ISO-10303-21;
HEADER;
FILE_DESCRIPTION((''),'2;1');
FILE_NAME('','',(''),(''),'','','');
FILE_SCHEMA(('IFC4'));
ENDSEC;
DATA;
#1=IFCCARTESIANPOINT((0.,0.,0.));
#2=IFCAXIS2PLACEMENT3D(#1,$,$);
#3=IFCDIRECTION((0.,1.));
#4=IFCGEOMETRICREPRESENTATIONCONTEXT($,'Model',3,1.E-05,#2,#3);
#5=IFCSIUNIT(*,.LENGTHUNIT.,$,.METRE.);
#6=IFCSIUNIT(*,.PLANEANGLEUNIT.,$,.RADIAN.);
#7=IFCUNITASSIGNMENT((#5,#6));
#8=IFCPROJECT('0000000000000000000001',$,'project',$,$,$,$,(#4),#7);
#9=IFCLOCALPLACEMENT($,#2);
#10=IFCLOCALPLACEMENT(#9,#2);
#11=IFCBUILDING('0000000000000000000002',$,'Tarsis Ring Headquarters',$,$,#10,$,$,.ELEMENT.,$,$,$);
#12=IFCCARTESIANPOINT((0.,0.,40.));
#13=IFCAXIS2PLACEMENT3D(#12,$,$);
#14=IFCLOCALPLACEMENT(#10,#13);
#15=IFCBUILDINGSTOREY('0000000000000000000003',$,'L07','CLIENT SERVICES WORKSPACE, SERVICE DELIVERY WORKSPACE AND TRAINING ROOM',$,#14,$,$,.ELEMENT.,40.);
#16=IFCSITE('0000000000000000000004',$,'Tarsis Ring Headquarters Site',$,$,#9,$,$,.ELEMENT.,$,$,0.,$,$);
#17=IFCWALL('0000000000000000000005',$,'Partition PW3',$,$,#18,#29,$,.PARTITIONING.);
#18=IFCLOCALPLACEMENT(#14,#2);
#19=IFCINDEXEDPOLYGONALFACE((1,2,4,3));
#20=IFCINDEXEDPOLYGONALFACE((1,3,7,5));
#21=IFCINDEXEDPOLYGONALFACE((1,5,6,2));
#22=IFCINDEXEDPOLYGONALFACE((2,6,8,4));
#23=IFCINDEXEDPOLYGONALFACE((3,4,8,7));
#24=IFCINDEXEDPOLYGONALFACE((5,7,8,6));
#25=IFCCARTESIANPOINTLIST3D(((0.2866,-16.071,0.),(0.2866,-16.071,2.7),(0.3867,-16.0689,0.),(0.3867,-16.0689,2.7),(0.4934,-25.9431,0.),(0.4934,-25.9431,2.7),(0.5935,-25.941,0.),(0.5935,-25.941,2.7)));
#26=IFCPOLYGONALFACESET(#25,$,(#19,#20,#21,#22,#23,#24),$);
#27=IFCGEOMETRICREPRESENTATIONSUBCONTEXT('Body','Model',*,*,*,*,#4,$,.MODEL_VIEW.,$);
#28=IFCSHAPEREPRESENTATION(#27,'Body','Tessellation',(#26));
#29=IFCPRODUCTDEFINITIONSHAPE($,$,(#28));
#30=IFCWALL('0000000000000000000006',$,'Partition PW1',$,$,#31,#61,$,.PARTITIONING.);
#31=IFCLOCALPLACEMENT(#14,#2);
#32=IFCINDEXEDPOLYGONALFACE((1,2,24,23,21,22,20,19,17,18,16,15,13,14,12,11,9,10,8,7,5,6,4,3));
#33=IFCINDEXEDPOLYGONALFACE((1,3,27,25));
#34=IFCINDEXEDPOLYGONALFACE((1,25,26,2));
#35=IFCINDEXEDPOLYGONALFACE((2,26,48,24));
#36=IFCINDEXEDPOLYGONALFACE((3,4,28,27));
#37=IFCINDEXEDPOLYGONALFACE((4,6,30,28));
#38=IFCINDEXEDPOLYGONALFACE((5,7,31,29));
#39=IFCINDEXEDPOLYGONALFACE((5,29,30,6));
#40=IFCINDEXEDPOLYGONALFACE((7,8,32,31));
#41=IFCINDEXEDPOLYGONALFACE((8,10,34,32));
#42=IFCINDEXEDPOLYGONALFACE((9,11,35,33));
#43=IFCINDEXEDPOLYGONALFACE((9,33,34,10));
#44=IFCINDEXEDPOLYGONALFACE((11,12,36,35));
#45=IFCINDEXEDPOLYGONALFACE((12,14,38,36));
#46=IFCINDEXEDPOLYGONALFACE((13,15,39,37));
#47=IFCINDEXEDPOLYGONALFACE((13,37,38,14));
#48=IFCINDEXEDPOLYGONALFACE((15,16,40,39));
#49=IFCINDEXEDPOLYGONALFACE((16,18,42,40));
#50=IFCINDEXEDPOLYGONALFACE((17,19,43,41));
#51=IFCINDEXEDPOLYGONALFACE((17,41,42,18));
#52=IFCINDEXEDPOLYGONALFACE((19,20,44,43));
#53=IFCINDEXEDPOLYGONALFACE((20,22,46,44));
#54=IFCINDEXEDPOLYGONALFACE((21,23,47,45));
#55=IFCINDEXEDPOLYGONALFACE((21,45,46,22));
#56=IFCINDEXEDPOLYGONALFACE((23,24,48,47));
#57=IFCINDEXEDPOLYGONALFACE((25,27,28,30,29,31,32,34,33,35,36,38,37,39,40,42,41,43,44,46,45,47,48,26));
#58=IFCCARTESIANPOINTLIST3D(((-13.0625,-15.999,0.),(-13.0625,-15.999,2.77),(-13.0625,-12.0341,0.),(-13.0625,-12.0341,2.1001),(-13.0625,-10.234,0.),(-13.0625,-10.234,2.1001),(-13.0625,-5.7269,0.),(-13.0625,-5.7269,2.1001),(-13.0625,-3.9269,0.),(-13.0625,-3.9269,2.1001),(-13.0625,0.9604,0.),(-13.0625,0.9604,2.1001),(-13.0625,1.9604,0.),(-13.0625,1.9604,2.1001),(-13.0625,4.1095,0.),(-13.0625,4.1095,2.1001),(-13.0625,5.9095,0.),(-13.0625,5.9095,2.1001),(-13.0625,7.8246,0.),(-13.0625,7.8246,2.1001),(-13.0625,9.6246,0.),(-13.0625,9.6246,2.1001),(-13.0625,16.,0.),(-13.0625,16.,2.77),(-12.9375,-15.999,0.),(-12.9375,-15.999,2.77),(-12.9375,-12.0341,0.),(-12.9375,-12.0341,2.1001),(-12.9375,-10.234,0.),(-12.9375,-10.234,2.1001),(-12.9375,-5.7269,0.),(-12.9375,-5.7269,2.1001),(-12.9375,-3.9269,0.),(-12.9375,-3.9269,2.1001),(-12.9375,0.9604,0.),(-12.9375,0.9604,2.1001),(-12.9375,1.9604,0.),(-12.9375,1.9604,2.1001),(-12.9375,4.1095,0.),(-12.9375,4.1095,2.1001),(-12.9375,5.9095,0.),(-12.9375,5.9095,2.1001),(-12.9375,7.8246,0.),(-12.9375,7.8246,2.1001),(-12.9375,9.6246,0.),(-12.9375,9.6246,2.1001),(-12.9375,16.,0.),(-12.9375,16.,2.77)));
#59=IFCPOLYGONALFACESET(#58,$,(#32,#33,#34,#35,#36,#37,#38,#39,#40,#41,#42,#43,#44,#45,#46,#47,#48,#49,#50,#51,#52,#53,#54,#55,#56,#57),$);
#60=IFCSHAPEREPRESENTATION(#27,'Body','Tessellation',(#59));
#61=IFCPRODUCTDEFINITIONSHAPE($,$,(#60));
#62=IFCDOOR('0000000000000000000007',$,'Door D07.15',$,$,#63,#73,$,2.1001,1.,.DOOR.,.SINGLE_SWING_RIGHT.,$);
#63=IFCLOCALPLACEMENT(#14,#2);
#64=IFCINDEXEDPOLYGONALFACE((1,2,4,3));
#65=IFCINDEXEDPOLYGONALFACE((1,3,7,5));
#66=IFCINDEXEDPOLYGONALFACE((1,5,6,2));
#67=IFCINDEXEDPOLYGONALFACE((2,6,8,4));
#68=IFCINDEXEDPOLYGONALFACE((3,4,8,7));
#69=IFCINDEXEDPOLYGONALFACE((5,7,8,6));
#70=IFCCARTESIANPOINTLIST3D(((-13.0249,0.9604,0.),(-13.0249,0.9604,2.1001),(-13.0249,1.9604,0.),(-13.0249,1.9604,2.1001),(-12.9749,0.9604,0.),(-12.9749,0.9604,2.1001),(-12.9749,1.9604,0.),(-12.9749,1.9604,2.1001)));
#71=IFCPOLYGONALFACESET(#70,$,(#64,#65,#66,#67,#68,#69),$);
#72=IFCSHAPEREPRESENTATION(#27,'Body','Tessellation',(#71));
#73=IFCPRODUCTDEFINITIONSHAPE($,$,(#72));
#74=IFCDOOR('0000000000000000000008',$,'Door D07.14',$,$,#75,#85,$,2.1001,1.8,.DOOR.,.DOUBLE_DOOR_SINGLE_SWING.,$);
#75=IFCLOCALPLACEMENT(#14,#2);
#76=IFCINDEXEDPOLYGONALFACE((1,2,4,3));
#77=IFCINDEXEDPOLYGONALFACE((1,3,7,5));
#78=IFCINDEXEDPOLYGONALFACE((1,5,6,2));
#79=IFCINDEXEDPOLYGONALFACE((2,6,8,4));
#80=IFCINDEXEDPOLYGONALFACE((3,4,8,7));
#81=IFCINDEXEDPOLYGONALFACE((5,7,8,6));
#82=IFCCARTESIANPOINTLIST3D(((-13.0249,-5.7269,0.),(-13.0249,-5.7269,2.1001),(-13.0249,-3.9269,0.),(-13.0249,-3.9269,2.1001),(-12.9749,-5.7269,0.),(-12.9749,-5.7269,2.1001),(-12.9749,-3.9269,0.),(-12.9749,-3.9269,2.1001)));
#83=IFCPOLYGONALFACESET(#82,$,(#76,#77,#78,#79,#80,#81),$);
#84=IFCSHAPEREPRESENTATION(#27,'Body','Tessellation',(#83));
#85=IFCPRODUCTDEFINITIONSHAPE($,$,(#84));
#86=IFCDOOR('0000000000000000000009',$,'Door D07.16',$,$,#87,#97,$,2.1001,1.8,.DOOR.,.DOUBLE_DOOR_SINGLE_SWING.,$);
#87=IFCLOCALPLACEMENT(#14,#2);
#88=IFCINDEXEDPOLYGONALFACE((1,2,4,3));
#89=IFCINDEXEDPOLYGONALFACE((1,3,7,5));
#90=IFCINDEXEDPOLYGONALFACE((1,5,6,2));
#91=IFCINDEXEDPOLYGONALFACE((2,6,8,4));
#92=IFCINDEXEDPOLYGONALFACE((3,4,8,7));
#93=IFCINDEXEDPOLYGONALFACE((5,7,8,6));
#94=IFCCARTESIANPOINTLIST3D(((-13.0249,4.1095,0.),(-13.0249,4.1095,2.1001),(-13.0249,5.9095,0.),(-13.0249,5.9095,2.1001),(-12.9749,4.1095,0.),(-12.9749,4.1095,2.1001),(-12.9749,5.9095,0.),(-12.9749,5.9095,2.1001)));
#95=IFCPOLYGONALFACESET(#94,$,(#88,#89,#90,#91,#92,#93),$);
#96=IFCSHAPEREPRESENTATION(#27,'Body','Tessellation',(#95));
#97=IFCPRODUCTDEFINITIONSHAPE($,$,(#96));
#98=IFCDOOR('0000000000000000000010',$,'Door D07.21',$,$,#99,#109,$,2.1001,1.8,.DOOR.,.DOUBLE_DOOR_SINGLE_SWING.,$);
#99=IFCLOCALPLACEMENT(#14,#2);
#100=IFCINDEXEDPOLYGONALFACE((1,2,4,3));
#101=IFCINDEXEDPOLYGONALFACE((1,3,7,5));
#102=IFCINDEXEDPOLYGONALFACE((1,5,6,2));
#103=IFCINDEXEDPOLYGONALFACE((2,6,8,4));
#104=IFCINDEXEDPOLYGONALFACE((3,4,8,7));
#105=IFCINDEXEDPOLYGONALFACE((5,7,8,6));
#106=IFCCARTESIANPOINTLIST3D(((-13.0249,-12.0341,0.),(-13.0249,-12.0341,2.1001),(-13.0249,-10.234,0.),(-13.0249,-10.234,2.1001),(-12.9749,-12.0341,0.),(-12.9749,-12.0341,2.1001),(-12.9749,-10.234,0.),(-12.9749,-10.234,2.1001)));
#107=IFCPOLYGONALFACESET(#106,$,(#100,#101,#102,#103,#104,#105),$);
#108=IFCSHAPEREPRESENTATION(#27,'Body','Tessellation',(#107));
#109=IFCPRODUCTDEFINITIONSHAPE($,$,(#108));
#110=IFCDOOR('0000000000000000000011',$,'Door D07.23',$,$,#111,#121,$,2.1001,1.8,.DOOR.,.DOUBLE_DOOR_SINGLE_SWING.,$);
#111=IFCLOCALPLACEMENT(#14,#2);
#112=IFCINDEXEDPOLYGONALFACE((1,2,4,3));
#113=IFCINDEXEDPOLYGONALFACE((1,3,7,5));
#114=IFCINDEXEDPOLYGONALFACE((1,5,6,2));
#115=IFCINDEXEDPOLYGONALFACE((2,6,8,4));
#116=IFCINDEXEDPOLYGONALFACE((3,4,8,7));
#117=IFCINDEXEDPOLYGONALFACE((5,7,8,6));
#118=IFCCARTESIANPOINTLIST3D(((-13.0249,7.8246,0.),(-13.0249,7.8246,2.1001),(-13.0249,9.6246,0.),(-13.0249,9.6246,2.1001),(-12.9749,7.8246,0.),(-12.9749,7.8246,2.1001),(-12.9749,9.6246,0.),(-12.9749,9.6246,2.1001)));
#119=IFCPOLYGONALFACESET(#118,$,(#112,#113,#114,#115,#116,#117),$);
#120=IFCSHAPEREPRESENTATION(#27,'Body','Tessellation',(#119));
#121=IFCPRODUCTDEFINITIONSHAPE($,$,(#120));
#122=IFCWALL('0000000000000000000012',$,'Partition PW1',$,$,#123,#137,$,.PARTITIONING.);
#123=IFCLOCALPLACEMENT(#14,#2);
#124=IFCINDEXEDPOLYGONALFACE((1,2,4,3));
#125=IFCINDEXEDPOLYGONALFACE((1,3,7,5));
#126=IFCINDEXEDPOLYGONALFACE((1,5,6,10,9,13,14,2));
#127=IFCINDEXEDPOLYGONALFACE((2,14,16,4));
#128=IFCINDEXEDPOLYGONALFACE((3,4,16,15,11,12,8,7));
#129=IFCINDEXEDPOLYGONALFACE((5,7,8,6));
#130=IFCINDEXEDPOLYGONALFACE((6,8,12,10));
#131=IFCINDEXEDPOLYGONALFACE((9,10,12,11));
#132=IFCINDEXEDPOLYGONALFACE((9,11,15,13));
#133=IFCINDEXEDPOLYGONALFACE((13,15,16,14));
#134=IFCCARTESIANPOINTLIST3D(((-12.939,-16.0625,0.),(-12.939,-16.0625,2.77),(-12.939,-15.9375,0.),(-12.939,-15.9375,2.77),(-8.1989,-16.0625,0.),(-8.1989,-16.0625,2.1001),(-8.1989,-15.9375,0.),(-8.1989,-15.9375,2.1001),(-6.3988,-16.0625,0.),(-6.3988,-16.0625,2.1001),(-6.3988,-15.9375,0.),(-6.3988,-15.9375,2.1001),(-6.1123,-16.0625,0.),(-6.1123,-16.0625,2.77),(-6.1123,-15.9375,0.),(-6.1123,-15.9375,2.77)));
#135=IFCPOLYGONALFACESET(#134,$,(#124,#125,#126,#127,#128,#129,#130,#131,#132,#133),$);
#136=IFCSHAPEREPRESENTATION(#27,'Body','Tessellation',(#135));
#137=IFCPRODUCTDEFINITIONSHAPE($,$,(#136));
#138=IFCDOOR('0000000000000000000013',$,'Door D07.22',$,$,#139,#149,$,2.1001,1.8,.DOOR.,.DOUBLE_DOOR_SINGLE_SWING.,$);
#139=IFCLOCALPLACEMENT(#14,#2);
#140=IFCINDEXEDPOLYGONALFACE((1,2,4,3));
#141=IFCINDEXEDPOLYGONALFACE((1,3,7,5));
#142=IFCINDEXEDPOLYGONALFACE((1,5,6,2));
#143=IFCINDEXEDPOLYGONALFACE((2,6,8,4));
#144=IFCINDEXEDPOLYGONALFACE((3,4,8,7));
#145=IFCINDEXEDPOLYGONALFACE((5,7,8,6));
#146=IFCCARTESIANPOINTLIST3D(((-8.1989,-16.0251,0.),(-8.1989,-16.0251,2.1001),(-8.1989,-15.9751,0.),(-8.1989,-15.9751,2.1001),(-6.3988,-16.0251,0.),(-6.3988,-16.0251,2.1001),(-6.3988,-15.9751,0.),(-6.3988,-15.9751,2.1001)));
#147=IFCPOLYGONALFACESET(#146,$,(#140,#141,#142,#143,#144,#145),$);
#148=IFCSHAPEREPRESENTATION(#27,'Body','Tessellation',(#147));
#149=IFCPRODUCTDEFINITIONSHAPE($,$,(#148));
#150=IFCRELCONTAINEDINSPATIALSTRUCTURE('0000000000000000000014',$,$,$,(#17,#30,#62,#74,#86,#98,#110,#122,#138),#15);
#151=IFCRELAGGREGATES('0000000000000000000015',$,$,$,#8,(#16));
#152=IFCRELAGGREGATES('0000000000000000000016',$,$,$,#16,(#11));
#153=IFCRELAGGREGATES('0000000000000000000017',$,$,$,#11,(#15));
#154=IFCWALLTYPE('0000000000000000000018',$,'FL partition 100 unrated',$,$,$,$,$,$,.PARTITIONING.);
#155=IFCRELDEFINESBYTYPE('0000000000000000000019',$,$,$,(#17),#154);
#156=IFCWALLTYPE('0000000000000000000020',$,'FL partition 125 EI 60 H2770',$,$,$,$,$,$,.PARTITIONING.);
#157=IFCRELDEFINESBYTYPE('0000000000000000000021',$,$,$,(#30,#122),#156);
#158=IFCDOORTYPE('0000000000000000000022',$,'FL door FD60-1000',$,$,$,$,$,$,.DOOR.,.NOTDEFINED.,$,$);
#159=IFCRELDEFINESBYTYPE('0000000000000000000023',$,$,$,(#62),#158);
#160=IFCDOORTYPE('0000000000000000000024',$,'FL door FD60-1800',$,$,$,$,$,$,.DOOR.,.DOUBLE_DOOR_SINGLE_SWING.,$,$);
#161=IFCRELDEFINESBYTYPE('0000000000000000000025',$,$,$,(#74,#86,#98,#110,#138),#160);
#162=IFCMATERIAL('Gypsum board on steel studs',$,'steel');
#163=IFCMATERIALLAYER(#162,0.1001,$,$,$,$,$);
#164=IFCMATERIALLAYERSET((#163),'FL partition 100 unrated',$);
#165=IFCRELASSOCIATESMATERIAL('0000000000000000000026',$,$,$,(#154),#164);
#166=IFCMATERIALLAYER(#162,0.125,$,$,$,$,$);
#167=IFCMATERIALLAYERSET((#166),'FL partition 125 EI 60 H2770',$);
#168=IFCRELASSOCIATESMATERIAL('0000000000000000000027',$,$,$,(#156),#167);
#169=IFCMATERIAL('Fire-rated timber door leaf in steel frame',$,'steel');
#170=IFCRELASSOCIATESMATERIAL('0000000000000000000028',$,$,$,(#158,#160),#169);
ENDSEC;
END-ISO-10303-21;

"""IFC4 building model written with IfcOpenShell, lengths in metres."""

from ifc_helpers import new_model, si_unit, direction, frame, frame_2d, origin, place, context, subcontext, project, spatial, rectangle, extrude, material, layer, layer_set, type_object, element, fill, save


model = new_model("IFC4")

# Units and contexts
model_context = context("Model", 3, precision=1e-05, world=origin(), true_north=direction((0.0, 1.0)))
body_context = subcontext(model_context, "Body", "Model", "MODEL_VIEW")
ifc_project = project(units=[si_unit("LENGTHUNIT", "METRE"), si_unit("PLANEANGLEUNIT", "RADIAN")], contexts=[model_context])

# Site, building, storey
site_placement = place(None, origin())
site = spatial("IfcSite", under=ifc_project, at=site_placement, Name="Tarsis Ring Headquarters Site", CompositionType="ELEMENT", RefElevation=0.0)
building_placement = place(site_placement, origin())
building = spatial("IfcBuilding", under=site, at=building_placement, Name="Tarsis Ring Headquarters", CompositionType="ELEMENT")
storey_placement = place(building_placement, frame((0.0, 0.0, 40.0)))
storey = spatial("IfcBuildingStorey", under=building, at=storey_placement, Name="L07", Description="CLIENT SERVICES WORKSPACE, SERVICE DELIVERY WORKSPACE AND TRAINING ROOM", CompositionType="ELEMENT", Elevation=40.0)

# Wall
ifc_material_1 = material(Name="Gypsum board on steel studs", Category="steel")
ifc_layer_1 = layer(ifc_material_1, 0.1001)
ifc_layer_set_1 = layer_set([ifc_layer_1], Name="FL partition 100 unrated")
wall_type_1 = type_object("IfcWallType", Name="FL partition 100 unrated", PredefinedType="PARTITIONING", material=ifc_layer_set_1)
wall_1_placement = place(storey_placement, frame((0.3367, -16.0701, 0.0), z_axis=(0.0, 0.0, 1.0), x_axis=(0.020942, -0.999781, 0.0)))
element("IfcWall", 1, at=wall_1_placement, inside=storey, type_object=wall_type_1, Name="Partition PW3", PredefinedType="PARTITIONING", context=body_context, shape_type="SweptSolid", body=[
    extrude(rectangle(XDim=9.8743, YDim=0.1001, at=frame_2d((4.937, 0.0))), origin(), (0.0, 0.0, 1.0), 2.7),
])

# Wall, openings, doors
ifc_layer_2 = layer(ifc_material_1, 0.125)
ifc_layer_set_2 = layer_set([ifc_layer_2], Name="FL partition 125 EI 60 H2770")
wall_type_2 = type_object("IfcWallType", Name="FL partition 125 EI 60 H2770", PredefinedType="PARTITIONING", material=ifc_layer_set_2)
wall_2_placement = place(storey_placement, frame((-13.0, -15.999, 0.0), z_axis=(0.0, 0.0, 1.0), x_axis=(0.0, 1.0, 0.0)))
wall_2 = element("IfcWall", 2, at=wall_2_placement, inside=storey, type_object=wall_type_2, Name="Partition PW1", PredefinedType="PARTITIONING", context=body_context, shape_type="SweptSolid", body=[
    extrude(rectangle(XDim=31.999, YDim=0.125, at=frame_2d((15.9995, 0.0))), origin(), (0.0, 0.0, 1.0), 2.77),
])
opening_1_placement = place(wall_2_placement, frame((10.2722, 0.0, 0.0)))
opening_1 = element("IfcOpeningElement", 3, at=opening_1_placement, cuts=wall_2, PredefinedType="OPENING", context=body_context, shape_type="SweptSolid", body=[
    extrude(rectangle(XDim=1.8, YDim=2.1001, at=frame_2d((0.8999, 1.05))), frame((0.0, 0.0725, 0.0), z_axis=(0.0, -1.0, 0.0), x_axis=(1.0, 0.0, 0.0)), (0.0, 0.0, 1.0), 0.145),
])
opening_2_placement = place(wall_2_placement, frame((16.9595, 0.0, 0.0)))
opening_2 = element("IfcOpeningElement", 4, at=opening_2_placement, cuts=wall_2, PredefinedType="OPENING", context=body_context, shape_type="SweptSolid", body=[
    extrude(rectangle(XDim=1.0, YDim=2.1001, at=frame_2d((0.5, 1.05))), frame((0.0, 0.0725, 0.0), z_axis=(0.0, -1.0, 0.0), x_axis=(1.0, 0.0, 0.0)), (0.0, 0.0, 1.0), 0.145),
])
opening_3_placement = place(wall_2_placement, frame((20.1086, 0.0, 0.0)))
opening_3 = element("IfcOpeningElement", 5, at=opening_3_placement, cuts=wall_2, PredefinedType="OPENING", context=body_context, shape_type="SweptSolid", body=[
    extrude(rectangle(XDim=1.8, YDim=2.1001, at=frame_2d((0.8999, 1.05))), frame((0.0, 0.0725, 0.0), z_axis=(0.0, -1.0, 0.0), x_axis=(1.0, 0.0, 0.0)), (0.0, 0.0, 1.0), 0.145),
])
opening_4_placement = place(wall_2_placement, frame((3.9651, 0.0, 0.0)))
opening_4 = element("IfcOpeningElement", 6, at=opening_4_placement, cuts=wall_2, PredefinedType="OPENING", context=body_context, shape_type="SweptSolid", body=[
    extrude(rectangle(XDim=1.8, YDim=2.1001, at=frame_2d((0.8999, 1.05))), frame((0.0, 0.0725, 0.0), z_axis=(0.0, -1.0, 0.0), x_axis=(1.0, 0.0, 0.0)), (0.0, 0.0, 1.0), 0.145),
])
opening_5_placement = place(wall_2_placement, frame((23.8237, 0.0, 0.0)))
opening_5 = element("IfcOpeningElement", 7, at=opening_5_placement, cuts=wall_2, PredefinedType="OPENING", context=body_context, shape_type="SweptSolid", body=[
    extrude(rectangle(XDim=1.8, YDim=2.1001, at=frame_2d((0.8999, 1.05))), frame((0.0, 0.0725, 0.0), z_axis=(0.0, -1.0, 0.0), x_axis=(1.0, 0.0, 0.0)), (0.0, 0.0, 1.0), 0.145),
])
ifc_material_2 = material(Name="Fire-rated timber door leaf in steel frame", Category="steel")
door_type_1 = type_object("IfcDoorType", Name="FL door FD60-1000", OperationType="NOTDEFINED", PredefinedType="DOOR", material=ifc_material_2)
door_1_placement = place(opening_2_placement, origin())
door_1 = element("IfcDoor", 8, at=door_1_placement, inside=storey, type_object=door_type_1, Name="Door D07.15", OperationType="SINGLE_SWING_RIGHT", OverallHeight=2.1001, OverallWidth=1.0, PredefinedType="DOOR", context=body_context, shape_type="SweptSolid", body=[
    extrude(rectangle(XDim=1.0, YDim=2.1001, at=frame_2d((0.5, 1.05))), frame((0.0, 0.0249, 0.0), z_axis=(0.0, -1.0, 0.0), x_axis=(1.0, 0.0, 0.0)), (0.0, 0.0, 1.0), 0.05),
])
fill(opening_2, door_1)
door_type_2 = type_object("IfcDoorType", Name="FL door FD60-1800", OperationType="DOUBLE_DOOR_SINGLE_SWING", PredefinedType="DOOR", material=ifc_material_2)
door_2_placement = place(opening_1_placement, origin())
door_2 = element("IfcDoor", 9, at=door_2_placement, inside=storey, type_object=door_type_2, Name="Door D07.14", OperationType="DOUBLE_DOOR_SINGLE_SWING", OverallHeight=2.1001, OverallWidth=1.8, PredefinedType="DOOR", context=body_context, shape_type="SweptSolid", body=[
    extrude(rectangle(XDim=1.8, YDim=2.1001, at=frame_2d((0.8999, 1.05))), frame((0.0, 0.0249, 0.0), z_axis=(0.0, -1.0, 0.0), x_axis=(1.0, 0.0, 0.0)), (0.0, 0.0, 1.0), 0.05),
])
fill(opening_1, door_2)
door_3_placement = place(opening_3_placement, origin())
door_3 = element("IfcDoor", 10, at=door_3_placement, inside=storey, type_object=door_type_2, Name="Door D07.16", OperationType="DOUBLE_DOOR_SINGLE_SWING", OverallHeight=2.1001, OverallWidth=1.8, PredefinedType="DOOR", context=body_context, shape_type="SweptSolid", body=[
    extrude(rectangle(XDim=1.8, YDim=2.1001, at=frame_2d((0.8999, 1.05))), frame((0.0, 0.0249, 0.0), z_axis=(0.0, -1.0, 0.0), x_axis=(1.0, 0.0, 0.0)), (0.0, 0.0, 1.0), 0.05),
])
fill(opening_3, door_3)
door_4_placement = place(opening_4_placement, origin())
door_4 = element("IfcDoor", 11, at=door_4_placement, inside=storey, type_object=door_type_2, Name="Door D07.21", OperationType="DOUBLE_DOOR_SINGLE_SWING", OverallHeight=2.1001, OverallWidth=1.8, PredefinedType="DOOR", context=body_context, shape_type="SweptSolid", body=[
    extrude(rectangle(XDim=1.8, YDim=2.1001, at=frame_2d((0.8999, 1.05))), frame((0.0, 0.0249, 0.0), z_axis=(0.0, -1.0, 0.0), x_axis=(1.0, 0.0, 0.0)), (0.0, 0.0, 1.0), 0.05),
])
fill(opening_4, door_4)
door_5_placement = place(opening_5_placement, origin())
door_5 = element("IfcDoor", 12, at=door_5_placement, inside=storey, type_object=door_type_2, Name="Door D07.23", OperationType="DOUBLE_DOOR_SINGLE_SWING", OverallHeight=2.1001, OverallWidth=1.8, PredefinedType="DOOR", context=body_context, shape_type="SweptSolid", body=[
    extrude(rectangle(XDim=1.8, YDim=2.1001, at=frame_2d((0.8999, 1.05))), frame((0.0, 0.0249, 0.0), z_axis=(0.0, -1.0, 0.0), x_axis=(1.0, 0.0, 0.0)), (0.0, 0.0, 1.0), 0.05),
])
fill(opening_5, door_5)

# Wall, opening, door
wall_3_placement = place(storey_placement, frame((-12.939, -16.0, 0.0), z_axis=(0.0, 0.0, 1.0), x_axis=(1.0, 0.0, 0.0)))
wall_3 = element("IfcWall", 13, at=wall_3_placement, inside=storey, type_object=wall_type_2, Name="Partition PW1", PredefinedType="PARTITIONING", context=body_context, shape_type="SweptSolid", body=[
    extrude(rectangle(XDim=6.8267, YDim=0.125, at=frame_2d((3.4133, 0.0))), origin(), (0.0, 0.0, 1.0), 2.77),
])
opening_6_placement = place(wall_3_placement, frame((4.7402, 0.0, 0.0)))
opening_6 = element("IfcOpeningElement", 14, at=opening_6_placement, cuts=wall_3, PredefinedType="OPENING", context=body_context, shape_type="SweptSolid", body=[
    extrude(rectangle(XDim=1.8, YDim=2.1001, at=frame_2d((0.8999, 1.05))), frame((0.0, 0.0725, 0.0), z_axis=(0.0, -1.0, 0.0), x_axis=(1.0, 0.0, 0.0)), (0.0, 0.0, 1.0), 0.145),
])
door_6_placement = place(opening_6_placement, origin())
door_6 = element("IfcDoor", 15, at=door_6_placement, inside=storey, type_object=door_type_2, Name="Door D07.22", OperationType="DOUBLE_DOOR_SINGLE_SWING", OverallHeight=2.1001, OverallWidth=1.8, PredefinedType="DOOR", context=body_context, shape_type="SweptSolid", body=[
    extrude(rectangle(XDim=1.8, YDim=2.1001, at=frame_2d((0.8999, 1.05))), frame((0.0, 0.0249, 0.0), z_axis=(0.0, -1.0, 0.0), x_axis=(1.0, 0.0, 0.0)), (0.0, 0.0, 1.0), 0.05),
])
fill(opening_6, door_6)

save(model, "model.ifc")
